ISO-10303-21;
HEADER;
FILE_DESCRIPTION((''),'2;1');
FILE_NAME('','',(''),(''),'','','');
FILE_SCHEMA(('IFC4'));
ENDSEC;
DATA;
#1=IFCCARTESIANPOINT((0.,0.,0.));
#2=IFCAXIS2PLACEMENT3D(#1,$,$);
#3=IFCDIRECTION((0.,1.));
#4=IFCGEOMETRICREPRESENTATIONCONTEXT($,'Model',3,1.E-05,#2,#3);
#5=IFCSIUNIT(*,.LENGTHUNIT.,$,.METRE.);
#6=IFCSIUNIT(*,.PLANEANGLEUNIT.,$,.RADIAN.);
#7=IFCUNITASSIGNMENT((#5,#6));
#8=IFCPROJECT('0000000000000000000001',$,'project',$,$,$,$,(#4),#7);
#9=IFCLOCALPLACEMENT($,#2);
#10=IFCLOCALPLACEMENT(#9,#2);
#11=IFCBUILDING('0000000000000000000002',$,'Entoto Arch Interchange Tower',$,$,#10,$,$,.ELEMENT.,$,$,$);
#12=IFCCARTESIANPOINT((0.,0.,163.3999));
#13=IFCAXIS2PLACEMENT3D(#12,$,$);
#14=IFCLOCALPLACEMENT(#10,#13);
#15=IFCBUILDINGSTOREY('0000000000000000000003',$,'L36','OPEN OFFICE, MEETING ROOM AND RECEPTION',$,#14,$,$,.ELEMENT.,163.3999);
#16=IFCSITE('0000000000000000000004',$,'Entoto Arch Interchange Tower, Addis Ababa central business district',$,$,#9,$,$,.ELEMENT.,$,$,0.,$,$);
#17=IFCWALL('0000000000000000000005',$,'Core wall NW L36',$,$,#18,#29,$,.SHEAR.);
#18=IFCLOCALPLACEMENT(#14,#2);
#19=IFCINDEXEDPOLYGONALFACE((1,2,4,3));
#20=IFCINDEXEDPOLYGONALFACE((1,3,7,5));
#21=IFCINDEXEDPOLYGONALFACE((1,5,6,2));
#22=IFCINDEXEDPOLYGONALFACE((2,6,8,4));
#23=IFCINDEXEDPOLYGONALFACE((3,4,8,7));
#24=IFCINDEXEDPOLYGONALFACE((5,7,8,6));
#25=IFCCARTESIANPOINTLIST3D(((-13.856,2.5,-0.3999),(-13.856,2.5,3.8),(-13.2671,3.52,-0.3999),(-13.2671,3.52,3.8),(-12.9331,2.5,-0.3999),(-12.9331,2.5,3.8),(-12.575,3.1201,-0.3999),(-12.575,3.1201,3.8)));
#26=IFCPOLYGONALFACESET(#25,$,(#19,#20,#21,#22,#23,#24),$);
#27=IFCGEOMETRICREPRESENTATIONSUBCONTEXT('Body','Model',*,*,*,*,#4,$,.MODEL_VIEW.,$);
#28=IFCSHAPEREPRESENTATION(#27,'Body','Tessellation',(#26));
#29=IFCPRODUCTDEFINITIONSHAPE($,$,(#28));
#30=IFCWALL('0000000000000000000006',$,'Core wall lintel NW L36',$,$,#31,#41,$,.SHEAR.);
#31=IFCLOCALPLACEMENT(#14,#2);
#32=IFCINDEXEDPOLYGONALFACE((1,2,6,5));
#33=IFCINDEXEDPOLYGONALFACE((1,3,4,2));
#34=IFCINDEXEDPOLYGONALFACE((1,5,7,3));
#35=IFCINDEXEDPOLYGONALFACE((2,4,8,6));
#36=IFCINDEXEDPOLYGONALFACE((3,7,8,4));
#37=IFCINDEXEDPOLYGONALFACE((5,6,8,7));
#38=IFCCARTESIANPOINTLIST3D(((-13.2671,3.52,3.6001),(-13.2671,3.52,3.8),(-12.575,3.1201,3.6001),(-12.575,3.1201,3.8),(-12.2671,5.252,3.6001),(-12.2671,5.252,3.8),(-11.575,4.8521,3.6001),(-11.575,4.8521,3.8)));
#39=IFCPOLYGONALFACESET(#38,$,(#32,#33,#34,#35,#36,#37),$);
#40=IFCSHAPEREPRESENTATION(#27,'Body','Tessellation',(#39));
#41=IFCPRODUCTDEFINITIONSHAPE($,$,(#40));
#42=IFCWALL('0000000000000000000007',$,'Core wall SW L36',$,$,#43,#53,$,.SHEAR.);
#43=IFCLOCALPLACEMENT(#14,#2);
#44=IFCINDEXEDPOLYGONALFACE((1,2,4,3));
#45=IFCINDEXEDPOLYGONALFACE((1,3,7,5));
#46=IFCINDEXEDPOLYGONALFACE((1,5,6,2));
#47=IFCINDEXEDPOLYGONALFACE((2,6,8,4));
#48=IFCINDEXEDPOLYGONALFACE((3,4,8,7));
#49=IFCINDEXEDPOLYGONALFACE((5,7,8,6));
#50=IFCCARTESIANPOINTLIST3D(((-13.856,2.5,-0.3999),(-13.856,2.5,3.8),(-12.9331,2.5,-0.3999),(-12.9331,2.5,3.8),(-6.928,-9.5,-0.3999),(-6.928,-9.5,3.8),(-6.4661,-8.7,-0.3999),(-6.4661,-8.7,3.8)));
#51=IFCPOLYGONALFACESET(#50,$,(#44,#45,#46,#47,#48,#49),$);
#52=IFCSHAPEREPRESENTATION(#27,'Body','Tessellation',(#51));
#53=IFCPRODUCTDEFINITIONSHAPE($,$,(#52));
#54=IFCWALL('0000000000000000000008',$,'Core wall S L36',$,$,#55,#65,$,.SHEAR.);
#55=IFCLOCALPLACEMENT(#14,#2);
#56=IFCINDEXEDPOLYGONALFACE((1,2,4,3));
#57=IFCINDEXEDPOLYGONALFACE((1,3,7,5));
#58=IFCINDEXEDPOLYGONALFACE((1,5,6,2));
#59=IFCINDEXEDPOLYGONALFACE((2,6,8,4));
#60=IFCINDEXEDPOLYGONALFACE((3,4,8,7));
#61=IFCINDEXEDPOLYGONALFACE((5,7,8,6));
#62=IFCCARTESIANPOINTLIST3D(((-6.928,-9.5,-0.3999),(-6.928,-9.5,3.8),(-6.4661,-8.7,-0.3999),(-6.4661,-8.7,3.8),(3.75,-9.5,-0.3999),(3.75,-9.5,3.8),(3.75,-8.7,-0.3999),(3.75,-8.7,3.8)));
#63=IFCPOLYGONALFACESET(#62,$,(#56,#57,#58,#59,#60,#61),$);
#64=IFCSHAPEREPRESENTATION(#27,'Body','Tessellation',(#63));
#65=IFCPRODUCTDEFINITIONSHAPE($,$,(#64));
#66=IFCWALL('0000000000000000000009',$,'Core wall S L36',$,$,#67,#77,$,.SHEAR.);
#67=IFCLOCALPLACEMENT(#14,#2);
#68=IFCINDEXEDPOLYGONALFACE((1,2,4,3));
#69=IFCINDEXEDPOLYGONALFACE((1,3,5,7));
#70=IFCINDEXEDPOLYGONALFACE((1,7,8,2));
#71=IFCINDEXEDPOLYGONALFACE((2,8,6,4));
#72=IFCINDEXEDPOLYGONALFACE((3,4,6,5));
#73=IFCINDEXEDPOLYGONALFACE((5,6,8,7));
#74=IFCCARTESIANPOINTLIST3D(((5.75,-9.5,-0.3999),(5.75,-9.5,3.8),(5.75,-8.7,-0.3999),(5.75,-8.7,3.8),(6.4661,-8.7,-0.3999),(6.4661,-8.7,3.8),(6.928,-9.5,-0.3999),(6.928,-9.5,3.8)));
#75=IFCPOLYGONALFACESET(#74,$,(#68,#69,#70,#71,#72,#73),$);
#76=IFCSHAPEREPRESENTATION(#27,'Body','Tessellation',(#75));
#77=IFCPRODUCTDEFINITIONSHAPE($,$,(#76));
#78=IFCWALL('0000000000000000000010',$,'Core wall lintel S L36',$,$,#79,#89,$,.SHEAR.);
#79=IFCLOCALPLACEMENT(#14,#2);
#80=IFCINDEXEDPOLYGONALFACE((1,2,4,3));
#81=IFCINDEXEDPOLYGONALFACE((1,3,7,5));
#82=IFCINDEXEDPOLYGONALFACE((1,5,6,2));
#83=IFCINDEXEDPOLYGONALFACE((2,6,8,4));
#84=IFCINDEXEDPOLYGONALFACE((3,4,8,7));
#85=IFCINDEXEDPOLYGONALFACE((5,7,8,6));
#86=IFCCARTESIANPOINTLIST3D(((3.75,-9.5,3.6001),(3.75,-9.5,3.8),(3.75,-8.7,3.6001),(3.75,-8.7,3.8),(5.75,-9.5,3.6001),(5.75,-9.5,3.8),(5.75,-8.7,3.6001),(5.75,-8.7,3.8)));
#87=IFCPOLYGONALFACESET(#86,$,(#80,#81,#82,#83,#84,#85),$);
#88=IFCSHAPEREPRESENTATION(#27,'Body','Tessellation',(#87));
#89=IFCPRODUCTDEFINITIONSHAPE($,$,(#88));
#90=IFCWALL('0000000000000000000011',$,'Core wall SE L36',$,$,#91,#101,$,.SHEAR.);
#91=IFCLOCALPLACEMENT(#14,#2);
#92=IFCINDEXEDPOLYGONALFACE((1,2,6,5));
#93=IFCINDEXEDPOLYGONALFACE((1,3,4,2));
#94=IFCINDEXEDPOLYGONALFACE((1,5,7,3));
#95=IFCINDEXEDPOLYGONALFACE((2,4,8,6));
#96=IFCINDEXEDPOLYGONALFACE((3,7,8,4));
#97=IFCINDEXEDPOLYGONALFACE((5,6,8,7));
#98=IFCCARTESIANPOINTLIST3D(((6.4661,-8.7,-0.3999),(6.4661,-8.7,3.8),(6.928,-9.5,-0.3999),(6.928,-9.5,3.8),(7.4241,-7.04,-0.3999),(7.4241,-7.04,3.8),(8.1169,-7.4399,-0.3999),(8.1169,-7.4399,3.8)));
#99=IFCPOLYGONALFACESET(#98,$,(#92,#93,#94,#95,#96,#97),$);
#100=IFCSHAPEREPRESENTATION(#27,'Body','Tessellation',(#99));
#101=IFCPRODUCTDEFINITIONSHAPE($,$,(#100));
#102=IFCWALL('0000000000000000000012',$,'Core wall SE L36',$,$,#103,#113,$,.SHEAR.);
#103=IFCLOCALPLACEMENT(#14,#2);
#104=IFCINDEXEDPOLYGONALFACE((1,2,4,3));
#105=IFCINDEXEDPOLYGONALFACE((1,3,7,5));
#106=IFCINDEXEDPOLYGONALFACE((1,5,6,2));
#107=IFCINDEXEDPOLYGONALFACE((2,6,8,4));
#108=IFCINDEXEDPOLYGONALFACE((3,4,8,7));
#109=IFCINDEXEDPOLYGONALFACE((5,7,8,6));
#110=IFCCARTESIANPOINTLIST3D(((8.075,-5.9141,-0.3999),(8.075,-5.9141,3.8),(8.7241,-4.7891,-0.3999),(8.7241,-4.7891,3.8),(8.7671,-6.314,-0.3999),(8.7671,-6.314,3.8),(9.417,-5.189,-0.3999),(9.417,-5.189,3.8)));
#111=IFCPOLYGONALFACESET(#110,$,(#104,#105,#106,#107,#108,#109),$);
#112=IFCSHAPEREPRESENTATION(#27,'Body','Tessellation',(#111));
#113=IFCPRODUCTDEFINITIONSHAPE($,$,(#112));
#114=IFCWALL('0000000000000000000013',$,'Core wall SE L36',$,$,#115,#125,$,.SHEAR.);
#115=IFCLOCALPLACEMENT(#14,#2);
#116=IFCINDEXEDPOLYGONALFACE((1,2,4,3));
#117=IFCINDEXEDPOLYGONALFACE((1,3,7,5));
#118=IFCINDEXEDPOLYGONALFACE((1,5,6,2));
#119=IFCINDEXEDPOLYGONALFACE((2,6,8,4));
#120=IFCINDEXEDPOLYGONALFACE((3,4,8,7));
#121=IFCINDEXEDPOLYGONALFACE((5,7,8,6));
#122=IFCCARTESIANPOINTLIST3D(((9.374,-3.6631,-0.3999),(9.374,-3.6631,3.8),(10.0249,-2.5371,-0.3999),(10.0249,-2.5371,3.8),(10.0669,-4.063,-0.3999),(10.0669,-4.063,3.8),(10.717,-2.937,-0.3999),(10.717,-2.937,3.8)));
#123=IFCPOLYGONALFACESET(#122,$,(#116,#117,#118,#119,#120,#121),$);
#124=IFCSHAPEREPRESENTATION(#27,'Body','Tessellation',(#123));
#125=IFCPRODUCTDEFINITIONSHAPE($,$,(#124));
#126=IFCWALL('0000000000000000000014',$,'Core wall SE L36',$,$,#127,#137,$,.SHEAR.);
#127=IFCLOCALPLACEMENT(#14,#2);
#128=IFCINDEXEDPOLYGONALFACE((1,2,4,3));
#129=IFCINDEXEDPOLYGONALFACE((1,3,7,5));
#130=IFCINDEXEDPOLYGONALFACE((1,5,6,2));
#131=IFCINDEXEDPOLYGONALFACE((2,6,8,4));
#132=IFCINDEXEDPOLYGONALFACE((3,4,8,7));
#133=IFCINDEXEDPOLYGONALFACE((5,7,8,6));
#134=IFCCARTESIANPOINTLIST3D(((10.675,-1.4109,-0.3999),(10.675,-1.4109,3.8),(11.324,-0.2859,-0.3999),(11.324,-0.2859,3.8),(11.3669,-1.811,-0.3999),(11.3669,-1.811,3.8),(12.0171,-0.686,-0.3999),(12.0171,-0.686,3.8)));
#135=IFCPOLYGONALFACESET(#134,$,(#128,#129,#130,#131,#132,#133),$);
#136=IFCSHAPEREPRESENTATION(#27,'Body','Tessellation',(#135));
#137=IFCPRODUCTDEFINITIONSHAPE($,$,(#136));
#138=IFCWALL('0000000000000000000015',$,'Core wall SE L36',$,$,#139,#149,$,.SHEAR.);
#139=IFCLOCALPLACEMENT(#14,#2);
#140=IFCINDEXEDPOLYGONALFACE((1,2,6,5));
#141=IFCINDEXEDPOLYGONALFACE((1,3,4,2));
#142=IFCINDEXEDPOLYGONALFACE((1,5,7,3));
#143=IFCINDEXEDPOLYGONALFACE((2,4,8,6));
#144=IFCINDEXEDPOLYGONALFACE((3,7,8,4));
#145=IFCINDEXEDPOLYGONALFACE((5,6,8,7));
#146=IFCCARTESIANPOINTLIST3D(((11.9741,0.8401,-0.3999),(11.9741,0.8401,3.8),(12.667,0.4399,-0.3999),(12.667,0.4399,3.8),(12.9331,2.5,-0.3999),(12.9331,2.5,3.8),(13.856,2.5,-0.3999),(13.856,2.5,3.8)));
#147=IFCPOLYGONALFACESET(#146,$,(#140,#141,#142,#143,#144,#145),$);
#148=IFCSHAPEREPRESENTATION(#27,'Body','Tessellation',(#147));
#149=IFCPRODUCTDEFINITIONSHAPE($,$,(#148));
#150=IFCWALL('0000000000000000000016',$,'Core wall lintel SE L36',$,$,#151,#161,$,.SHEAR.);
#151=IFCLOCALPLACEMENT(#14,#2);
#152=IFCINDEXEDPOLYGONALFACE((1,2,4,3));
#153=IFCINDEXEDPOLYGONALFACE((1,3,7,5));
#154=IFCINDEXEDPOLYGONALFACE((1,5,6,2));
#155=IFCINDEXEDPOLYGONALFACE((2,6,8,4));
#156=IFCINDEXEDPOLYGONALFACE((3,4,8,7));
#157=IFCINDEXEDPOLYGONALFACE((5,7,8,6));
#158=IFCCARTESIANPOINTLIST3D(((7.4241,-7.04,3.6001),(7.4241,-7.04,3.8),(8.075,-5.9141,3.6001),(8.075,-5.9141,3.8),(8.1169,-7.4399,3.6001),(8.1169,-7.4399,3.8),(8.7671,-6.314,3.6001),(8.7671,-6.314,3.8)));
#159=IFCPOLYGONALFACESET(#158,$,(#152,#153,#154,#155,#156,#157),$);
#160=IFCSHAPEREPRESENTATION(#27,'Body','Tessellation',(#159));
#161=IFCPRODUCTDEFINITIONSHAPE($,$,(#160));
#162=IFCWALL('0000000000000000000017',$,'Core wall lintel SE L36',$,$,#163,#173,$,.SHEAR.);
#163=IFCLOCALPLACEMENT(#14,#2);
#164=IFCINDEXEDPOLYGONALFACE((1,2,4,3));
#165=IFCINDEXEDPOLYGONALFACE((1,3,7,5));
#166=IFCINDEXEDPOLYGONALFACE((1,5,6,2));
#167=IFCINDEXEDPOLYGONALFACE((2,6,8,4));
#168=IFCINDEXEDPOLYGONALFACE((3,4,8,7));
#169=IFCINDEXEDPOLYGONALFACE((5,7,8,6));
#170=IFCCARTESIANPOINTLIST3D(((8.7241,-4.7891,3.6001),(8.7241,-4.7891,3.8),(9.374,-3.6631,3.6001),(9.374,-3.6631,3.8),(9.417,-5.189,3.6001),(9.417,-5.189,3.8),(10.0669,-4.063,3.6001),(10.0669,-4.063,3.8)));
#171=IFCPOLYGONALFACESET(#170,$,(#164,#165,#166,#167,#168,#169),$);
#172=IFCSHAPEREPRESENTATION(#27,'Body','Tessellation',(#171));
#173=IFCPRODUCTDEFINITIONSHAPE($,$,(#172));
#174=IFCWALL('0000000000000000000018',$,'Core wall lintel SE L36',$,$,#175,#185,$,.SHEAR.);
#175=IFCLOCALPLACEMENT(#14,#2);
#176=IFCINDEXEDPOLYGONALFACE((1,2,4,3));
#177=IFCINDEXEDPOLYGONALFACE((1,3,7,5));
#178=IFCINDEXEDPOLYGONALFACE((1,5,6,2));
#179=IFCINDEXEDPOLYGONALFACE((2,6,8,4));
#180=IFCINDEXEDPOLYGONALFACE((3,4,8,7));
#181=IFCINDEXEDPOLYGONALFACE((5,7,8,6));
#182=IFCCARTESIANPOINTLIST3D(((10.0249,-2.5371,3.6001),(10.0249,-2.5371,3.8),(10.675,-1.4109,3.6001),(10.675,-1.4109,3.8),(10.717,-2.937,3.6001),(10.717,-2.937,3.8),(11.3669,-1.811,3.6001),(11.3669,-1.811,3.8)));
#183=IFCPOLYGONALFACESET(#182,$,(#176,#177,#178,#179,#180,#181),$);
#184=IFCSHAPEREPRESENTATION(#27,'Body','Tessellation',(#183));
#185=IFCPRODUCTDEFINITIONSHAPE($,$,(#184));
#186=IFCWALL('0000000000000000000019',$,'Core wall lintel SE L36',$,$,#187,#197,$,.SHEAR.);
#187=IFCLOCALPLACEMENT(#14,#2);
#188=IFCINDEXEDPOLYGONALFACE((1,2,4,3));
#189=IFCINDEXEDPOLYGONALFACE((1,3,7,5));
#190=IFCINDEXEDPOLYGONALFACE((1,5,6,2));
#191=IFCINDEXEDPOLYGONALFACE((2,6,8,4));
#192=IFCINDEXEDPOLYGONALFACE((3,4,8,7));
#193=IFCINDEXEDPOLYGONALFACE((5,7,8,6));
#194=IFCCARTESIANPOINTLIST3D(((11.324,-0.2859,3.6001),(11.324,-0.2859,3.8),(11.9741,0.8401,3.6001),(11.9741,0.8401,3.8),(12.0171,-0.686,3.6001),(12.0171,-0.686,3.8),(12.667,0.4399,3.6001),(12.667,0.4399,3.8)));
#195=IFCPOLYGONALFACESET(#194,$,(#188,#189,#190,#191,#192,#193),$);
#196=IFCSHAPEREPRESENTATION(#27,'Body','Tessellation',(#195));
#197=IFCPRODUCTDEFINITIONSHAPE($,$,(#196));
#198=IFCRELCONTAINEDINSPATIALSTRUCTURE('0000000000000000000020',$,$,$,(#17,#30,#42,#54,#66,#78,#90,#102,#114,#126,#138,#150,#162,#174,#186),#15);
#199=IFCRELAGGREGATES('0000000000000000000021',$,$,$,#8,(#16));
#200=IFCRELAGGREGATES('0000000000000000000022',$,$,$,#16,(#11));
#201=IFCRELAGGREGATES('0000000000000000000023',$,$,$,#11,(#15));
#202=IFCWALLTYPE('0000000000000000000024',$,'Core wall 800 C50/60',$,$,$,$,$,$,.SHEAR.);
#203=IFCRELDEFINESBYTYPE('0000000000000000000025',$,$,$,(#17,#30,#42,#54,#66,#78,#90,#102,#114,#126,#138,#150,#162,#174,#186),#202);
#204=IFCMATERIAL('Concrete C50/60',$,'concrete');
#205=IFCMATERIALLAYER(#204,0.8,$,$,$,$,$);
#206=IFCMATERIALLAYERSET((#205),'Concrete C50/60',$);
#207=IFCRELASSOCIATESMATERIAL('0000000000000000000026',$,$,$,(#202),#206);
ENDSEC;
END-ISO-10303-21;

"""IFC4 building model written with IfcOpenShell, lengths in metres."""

from ifc_helpers import new_model, si_unit, direction, frame, origin, place, context, subcontext, project, spatial, polyline, outline, extrude, material, layer, layer_set, type_object, element, save


model = new_model("IFC4")

# Units and contexts
model_context = context("Model", 3, precision=1e-05, world=origin(), true_north=direction((0.0, 1.0)))
body_context = subcontext(model_context, "Body", "Model", "MODEL_VIEW")
ifc_project = project(units=[si_unit("LENGTHUNIT", "METRE"), si_unit("PLANEANGLEUNIT", "RADIAN")], contexts=[model_context])

# Site, building, storey
site_placement = place(None, origin())
site = spatial("IfcSite", under=ifc_project, at=site_placement, Name="Entoto Arch Interchange Tower, Addis Ababa central business district", CompositionType="ELEMENT", RefElevation=0.0)
building_placement = place(site_placement, origin())
building = spatial("IfcBuilding", under=site, at=building_placement, Name="Entoto Arch Interchange Tower", CompositionType="ELEMENT")
storey_placement = place(building_placement, frame((0.0, 0.0, 163.3999)))
storey = spatial("IfcBuildingStorey", under=building, at=storey_placement, Name="L36", Description="OPEN OFFICE, MEETING ROOM AND RECEPTION", CompositionType="ELEMENT", Elevation=163.3999)

# Walls
ifc_material_1 = material(Name="Concrete C50/60", Category="concrete")
ifc_layer_1 = layer(ifc_material_1, 0.8)
ifc_layer_set_1 = layer_set([ifc_layer_1], Name="Concrete C50/60")
wall_type_1 = type_object("IfcWallType", Name="Core wall 800 C50/60", PredefinedType="SHEAR", material=ifc_layer_set_1)
wall_1_placement = place(storey_placement, frame((0.0, 0.0, -0.3999)))
element("IfcWall", 1, at=wall_1_placement, inside=storey, type_object=wall_type_1, Name="Core wall NW L36", PredefinedType="SHEAR", context=body_context, shape_type="SweptSolid", body=[
    extrude(outline(polyline([(-12.575, 3.1201), (-13.2671, 3.52), (-13.856, 2.5), (-12.9331, 2.5), (-12.575, 3.1201)])), origin(), (0.0, 0.0, 1.0), 4.2),
])
wall_2_placement = place(storey_placement, frame((0.0, 0.0, 3.6001)))
element("IfcWall", 2, at=wall_2_placement, inside=storey, type_object=wall_type_1, Name="Core wall lintel NW L36", PredefinedType="SHEAR", context=body_context, shape_type="SweptSolid", body=[
    extrude(outline(polyline([(-13.2671, 3.52), (-12.575, 3.1201), (-11.575, 4.8521), (-12.2671, 5.252), (-13.2671, 3.52)])), origin(), (0.0, 0.0, 1.0), 0.2),
])
wall_3_placement = place(storey_placement, frame((0.0, 0.0, -0.3999)))
element("IfcWall", 3, at=wall_3_placement, inside=storey, type_object=wall_type_1, Name="Core wall SW L36", PredefinedType="SHEAR", context=body_context, shape_type="SweptSolid", body=[
    extrude(outline(polyline([(-13.856, 2.5), (-6.928, -9.5), (-6.4661, -8.7), (-12.9331, 2.5), (-13.856, 2.5)])), origin(), (0.0, 0.0, 1.0), 4.2),
])
wall_4_placement = place(storey_placement, frame((0.0, 0.0, -0.3999)))
element("IfcWall", 4, at=wall_4_placement, inside=storey, type_object=wall_type_1, Name="Core wall S L36", PredefinedType="SHEAR", context=body_context, shape_type="SweptSolid", body=[
    extrude(outline(polyline([(3.75, -9.5), (3.75, -8.7), (-6.4661, -8.7), (-6.928, -9.5), (3.75, -9.5)])), origin(), (0.0, 0.0, 1.0), 4.2),
])
wall_5_placement = place(storey_placement, frame((0.0, 0.0, -0.3999)))
element("IfcWall", 5, at=wall_5_placement, inside=storey, type_object=wall_type_1, Name="Core wall S L36", PredefinedType="SHEAR", context=body_context, shape_type="SweptSolid", body=[
    extrude(outline(polyline([(5.75, -8.7), (5.75, -9.5), (6.928, -9.5), (6.4661, -8.7), (5.75, -8.7)])), origin(), (0.0, 0.0, 1.0), 4.2),
])
wall_6_placement = place(storey_placement, frame((0.0, 0.0, 3.6001)))
element("IfcWall", 6, at=wall_6_placement, inside=storey, type_object=wall_type_1, Name="Core wall lintel S L36", PredefinedType="SHEAR", context=body_context, shape_type="SweptSolid", body=[
    extrude(outline(polyline([(5.75, -9.5), (5.75, -8.7), (3.75, -8.7), (3.75, -9.5), (5.75, -9.5)])), origin(), (0.0, 0.0, 1.0), 0.2),
])
wall_7_placement = place(storey_placement, frame((0.0, 0.0, -0.3999)))
element("IfcWall", 7, at=wall_7_placement, inside=storey, type_object=wall_type_1, Name="Core wall SE L36", PredefinedType="SHEAR", context=body_context, shape_type="SweptSolid", body=[
    extrude(outline(polyline([(8.1169, -7.4399), (7.4241, -7.04), (6.4661, -8.7), (6.928, -9.5), (8.1169, -7.4399)])), origin(), (0.0, 0.0, 1.0), 4.2),
])
wall_8_placement = place(storey_placement, frame((0.0, 0.0, -0.3999)))
element("IfcWall", 8, at=wall_8_placement, inside=storey, type_object=wall_type_1, Name="Core wall SE L36", PredefinedType="SHEAR", context=body_context, shape_type="SweptSolid", body=[
    extrude(outline(polyline([(9.417, -5.189), (8.7241, -4.7891), (8.075, -5.9141), (8.7671, -6.314), (9.417, -5.189)])), origin(), (0.0, 0.0, 1.0), 4.2),
])
wall_9_placement = place(storey_placement, frame((0.0, 0.0, -0.3999)))
element("IfcWall", 9, at=wall_9_placement, inside=storey, type_object=wall_type_1, Name="Core wall SE L36", PredefinedType="SHEAR", context=body_context, shape_type="SweptSolid", body=[
    extrude(outline(polyline([(10.717, -2.937), (10.0249, -2.5371), (9.374, -3.6631), (10.0669, -4.063), (10.717, -2.937)])), origin(), (0.0, 0.0, 1.0), 4.2),
])
wall_10_placement = place(storey_placement, frame((0.0, 0.0, -0.3999)))
element("IfcWall", 10, at=wall_10_placement, inside=storey, type_object=wall_type_1, Name="Core wall SE L36", PredefinedType="SHEAR", context=body_context, shape_type="SweptSolid", body=[
    extrude(outline(polyline([(12.0171, -0.686), (11.324, -0.2859), (10.675, -1.4109), (11.3669, -1.811), (12.0171, -0.686)])), origin(), (0.0, 0.0, 1.0), 4.2),
])
wall_11_placement = place(storey_placement, frame((0.0, 0.0, -0.3999)))
element("IfcWall", 11, at=wall_11_placement, inside=storey, type_object=wall_type_1, Name="Core wall SE L36", PredefinedType="SHEAR", context=body_context, shape_type="SweptSolid", body=[
    extrude(outline(polyline([(11.9741, 0.8401), (12.667, 0.4399), (13.856, 2.5), (12.9331, 2.5), (11.9741, 0.8401)])), origin(), (0.0, 0.0, 1.0), 4.2),
])
wall_12_placement = place(storey_placement, frame((0.0, 0.0, 3.6001)))
element("IfcWall", 12, at=wall_12_placement, inside=storey, type_object=wall_type_1, Name="Core wall lintel SE L36", PredefinedType="SHEAR", context=body_context, shape_type="SweptSolid", body=[
    extrude(outline(polyline([(8.7671, -6.314), (8.075, -5.9141), (7.4241, -7.04), (8.1169, -7.4399), (8.7671, -6.314)])), origin(), (0.0, 0.0, 1.0), 0.2),
])
wall_13_placement = place(storey_placement, frame((0.0, 0.0, 3.6001)))
element("IfcWall", 13, at=wall_13_placement, inside=storey, type_object=wall_type_1, Name="Core wall lintel SE L36", PredefinedType="SHEAR", context=body_context, shape_type="SweptSolid", body=[
    extrude(outline(polyline([(10.0669, -4.063), (9.374, -3.6631), (8.7241, -4.7891), (9.417, -5.189), (10.0669, -4.063)])), origin(), (0.0, 0.0, 1.0), 0.2),
])
wall_14_placement = place(storey_placement, frame((0.0, 0.0, 3.6001)))
element("IfcWall", 14, at=wall_14_placement, inside=storey, type_object=wall_type_1, Name="Core wall lintel SE L36", PredefinedType="SHEAR", context=body_context, shape_type="SweptSolid", body=[
    extrude(outline(polyline([(11.3669, -1.811), (10.675, -1.4109), (10.0249, -2.5371), (10.717, -2.937), (11.3669, -1.811)])), origin(), (0.0, 0.0, 1.0), 0.2),
])
wall_15_placement = place(storey_placement, frame((0.0, 0.0, 3.6001)))
element("IfcWall", 15, at=wall_15_placement, inside=storey, type_object=wall_type_1, Name="Core wall lintel SE L36", PredefinedType="SHEAR", context=body_context, shape_type="SweptSolid", body=[
    extrude(outline(polyline([(12.667, 0.4399), (11.9741, 0.8401), (11.324, -0.2859), (12.0171, -0.686), (12.667, 0.4399)])), origin(), (0.0, 0.0, 1.0), 0.2),
])

save(model, "model.ifc")
